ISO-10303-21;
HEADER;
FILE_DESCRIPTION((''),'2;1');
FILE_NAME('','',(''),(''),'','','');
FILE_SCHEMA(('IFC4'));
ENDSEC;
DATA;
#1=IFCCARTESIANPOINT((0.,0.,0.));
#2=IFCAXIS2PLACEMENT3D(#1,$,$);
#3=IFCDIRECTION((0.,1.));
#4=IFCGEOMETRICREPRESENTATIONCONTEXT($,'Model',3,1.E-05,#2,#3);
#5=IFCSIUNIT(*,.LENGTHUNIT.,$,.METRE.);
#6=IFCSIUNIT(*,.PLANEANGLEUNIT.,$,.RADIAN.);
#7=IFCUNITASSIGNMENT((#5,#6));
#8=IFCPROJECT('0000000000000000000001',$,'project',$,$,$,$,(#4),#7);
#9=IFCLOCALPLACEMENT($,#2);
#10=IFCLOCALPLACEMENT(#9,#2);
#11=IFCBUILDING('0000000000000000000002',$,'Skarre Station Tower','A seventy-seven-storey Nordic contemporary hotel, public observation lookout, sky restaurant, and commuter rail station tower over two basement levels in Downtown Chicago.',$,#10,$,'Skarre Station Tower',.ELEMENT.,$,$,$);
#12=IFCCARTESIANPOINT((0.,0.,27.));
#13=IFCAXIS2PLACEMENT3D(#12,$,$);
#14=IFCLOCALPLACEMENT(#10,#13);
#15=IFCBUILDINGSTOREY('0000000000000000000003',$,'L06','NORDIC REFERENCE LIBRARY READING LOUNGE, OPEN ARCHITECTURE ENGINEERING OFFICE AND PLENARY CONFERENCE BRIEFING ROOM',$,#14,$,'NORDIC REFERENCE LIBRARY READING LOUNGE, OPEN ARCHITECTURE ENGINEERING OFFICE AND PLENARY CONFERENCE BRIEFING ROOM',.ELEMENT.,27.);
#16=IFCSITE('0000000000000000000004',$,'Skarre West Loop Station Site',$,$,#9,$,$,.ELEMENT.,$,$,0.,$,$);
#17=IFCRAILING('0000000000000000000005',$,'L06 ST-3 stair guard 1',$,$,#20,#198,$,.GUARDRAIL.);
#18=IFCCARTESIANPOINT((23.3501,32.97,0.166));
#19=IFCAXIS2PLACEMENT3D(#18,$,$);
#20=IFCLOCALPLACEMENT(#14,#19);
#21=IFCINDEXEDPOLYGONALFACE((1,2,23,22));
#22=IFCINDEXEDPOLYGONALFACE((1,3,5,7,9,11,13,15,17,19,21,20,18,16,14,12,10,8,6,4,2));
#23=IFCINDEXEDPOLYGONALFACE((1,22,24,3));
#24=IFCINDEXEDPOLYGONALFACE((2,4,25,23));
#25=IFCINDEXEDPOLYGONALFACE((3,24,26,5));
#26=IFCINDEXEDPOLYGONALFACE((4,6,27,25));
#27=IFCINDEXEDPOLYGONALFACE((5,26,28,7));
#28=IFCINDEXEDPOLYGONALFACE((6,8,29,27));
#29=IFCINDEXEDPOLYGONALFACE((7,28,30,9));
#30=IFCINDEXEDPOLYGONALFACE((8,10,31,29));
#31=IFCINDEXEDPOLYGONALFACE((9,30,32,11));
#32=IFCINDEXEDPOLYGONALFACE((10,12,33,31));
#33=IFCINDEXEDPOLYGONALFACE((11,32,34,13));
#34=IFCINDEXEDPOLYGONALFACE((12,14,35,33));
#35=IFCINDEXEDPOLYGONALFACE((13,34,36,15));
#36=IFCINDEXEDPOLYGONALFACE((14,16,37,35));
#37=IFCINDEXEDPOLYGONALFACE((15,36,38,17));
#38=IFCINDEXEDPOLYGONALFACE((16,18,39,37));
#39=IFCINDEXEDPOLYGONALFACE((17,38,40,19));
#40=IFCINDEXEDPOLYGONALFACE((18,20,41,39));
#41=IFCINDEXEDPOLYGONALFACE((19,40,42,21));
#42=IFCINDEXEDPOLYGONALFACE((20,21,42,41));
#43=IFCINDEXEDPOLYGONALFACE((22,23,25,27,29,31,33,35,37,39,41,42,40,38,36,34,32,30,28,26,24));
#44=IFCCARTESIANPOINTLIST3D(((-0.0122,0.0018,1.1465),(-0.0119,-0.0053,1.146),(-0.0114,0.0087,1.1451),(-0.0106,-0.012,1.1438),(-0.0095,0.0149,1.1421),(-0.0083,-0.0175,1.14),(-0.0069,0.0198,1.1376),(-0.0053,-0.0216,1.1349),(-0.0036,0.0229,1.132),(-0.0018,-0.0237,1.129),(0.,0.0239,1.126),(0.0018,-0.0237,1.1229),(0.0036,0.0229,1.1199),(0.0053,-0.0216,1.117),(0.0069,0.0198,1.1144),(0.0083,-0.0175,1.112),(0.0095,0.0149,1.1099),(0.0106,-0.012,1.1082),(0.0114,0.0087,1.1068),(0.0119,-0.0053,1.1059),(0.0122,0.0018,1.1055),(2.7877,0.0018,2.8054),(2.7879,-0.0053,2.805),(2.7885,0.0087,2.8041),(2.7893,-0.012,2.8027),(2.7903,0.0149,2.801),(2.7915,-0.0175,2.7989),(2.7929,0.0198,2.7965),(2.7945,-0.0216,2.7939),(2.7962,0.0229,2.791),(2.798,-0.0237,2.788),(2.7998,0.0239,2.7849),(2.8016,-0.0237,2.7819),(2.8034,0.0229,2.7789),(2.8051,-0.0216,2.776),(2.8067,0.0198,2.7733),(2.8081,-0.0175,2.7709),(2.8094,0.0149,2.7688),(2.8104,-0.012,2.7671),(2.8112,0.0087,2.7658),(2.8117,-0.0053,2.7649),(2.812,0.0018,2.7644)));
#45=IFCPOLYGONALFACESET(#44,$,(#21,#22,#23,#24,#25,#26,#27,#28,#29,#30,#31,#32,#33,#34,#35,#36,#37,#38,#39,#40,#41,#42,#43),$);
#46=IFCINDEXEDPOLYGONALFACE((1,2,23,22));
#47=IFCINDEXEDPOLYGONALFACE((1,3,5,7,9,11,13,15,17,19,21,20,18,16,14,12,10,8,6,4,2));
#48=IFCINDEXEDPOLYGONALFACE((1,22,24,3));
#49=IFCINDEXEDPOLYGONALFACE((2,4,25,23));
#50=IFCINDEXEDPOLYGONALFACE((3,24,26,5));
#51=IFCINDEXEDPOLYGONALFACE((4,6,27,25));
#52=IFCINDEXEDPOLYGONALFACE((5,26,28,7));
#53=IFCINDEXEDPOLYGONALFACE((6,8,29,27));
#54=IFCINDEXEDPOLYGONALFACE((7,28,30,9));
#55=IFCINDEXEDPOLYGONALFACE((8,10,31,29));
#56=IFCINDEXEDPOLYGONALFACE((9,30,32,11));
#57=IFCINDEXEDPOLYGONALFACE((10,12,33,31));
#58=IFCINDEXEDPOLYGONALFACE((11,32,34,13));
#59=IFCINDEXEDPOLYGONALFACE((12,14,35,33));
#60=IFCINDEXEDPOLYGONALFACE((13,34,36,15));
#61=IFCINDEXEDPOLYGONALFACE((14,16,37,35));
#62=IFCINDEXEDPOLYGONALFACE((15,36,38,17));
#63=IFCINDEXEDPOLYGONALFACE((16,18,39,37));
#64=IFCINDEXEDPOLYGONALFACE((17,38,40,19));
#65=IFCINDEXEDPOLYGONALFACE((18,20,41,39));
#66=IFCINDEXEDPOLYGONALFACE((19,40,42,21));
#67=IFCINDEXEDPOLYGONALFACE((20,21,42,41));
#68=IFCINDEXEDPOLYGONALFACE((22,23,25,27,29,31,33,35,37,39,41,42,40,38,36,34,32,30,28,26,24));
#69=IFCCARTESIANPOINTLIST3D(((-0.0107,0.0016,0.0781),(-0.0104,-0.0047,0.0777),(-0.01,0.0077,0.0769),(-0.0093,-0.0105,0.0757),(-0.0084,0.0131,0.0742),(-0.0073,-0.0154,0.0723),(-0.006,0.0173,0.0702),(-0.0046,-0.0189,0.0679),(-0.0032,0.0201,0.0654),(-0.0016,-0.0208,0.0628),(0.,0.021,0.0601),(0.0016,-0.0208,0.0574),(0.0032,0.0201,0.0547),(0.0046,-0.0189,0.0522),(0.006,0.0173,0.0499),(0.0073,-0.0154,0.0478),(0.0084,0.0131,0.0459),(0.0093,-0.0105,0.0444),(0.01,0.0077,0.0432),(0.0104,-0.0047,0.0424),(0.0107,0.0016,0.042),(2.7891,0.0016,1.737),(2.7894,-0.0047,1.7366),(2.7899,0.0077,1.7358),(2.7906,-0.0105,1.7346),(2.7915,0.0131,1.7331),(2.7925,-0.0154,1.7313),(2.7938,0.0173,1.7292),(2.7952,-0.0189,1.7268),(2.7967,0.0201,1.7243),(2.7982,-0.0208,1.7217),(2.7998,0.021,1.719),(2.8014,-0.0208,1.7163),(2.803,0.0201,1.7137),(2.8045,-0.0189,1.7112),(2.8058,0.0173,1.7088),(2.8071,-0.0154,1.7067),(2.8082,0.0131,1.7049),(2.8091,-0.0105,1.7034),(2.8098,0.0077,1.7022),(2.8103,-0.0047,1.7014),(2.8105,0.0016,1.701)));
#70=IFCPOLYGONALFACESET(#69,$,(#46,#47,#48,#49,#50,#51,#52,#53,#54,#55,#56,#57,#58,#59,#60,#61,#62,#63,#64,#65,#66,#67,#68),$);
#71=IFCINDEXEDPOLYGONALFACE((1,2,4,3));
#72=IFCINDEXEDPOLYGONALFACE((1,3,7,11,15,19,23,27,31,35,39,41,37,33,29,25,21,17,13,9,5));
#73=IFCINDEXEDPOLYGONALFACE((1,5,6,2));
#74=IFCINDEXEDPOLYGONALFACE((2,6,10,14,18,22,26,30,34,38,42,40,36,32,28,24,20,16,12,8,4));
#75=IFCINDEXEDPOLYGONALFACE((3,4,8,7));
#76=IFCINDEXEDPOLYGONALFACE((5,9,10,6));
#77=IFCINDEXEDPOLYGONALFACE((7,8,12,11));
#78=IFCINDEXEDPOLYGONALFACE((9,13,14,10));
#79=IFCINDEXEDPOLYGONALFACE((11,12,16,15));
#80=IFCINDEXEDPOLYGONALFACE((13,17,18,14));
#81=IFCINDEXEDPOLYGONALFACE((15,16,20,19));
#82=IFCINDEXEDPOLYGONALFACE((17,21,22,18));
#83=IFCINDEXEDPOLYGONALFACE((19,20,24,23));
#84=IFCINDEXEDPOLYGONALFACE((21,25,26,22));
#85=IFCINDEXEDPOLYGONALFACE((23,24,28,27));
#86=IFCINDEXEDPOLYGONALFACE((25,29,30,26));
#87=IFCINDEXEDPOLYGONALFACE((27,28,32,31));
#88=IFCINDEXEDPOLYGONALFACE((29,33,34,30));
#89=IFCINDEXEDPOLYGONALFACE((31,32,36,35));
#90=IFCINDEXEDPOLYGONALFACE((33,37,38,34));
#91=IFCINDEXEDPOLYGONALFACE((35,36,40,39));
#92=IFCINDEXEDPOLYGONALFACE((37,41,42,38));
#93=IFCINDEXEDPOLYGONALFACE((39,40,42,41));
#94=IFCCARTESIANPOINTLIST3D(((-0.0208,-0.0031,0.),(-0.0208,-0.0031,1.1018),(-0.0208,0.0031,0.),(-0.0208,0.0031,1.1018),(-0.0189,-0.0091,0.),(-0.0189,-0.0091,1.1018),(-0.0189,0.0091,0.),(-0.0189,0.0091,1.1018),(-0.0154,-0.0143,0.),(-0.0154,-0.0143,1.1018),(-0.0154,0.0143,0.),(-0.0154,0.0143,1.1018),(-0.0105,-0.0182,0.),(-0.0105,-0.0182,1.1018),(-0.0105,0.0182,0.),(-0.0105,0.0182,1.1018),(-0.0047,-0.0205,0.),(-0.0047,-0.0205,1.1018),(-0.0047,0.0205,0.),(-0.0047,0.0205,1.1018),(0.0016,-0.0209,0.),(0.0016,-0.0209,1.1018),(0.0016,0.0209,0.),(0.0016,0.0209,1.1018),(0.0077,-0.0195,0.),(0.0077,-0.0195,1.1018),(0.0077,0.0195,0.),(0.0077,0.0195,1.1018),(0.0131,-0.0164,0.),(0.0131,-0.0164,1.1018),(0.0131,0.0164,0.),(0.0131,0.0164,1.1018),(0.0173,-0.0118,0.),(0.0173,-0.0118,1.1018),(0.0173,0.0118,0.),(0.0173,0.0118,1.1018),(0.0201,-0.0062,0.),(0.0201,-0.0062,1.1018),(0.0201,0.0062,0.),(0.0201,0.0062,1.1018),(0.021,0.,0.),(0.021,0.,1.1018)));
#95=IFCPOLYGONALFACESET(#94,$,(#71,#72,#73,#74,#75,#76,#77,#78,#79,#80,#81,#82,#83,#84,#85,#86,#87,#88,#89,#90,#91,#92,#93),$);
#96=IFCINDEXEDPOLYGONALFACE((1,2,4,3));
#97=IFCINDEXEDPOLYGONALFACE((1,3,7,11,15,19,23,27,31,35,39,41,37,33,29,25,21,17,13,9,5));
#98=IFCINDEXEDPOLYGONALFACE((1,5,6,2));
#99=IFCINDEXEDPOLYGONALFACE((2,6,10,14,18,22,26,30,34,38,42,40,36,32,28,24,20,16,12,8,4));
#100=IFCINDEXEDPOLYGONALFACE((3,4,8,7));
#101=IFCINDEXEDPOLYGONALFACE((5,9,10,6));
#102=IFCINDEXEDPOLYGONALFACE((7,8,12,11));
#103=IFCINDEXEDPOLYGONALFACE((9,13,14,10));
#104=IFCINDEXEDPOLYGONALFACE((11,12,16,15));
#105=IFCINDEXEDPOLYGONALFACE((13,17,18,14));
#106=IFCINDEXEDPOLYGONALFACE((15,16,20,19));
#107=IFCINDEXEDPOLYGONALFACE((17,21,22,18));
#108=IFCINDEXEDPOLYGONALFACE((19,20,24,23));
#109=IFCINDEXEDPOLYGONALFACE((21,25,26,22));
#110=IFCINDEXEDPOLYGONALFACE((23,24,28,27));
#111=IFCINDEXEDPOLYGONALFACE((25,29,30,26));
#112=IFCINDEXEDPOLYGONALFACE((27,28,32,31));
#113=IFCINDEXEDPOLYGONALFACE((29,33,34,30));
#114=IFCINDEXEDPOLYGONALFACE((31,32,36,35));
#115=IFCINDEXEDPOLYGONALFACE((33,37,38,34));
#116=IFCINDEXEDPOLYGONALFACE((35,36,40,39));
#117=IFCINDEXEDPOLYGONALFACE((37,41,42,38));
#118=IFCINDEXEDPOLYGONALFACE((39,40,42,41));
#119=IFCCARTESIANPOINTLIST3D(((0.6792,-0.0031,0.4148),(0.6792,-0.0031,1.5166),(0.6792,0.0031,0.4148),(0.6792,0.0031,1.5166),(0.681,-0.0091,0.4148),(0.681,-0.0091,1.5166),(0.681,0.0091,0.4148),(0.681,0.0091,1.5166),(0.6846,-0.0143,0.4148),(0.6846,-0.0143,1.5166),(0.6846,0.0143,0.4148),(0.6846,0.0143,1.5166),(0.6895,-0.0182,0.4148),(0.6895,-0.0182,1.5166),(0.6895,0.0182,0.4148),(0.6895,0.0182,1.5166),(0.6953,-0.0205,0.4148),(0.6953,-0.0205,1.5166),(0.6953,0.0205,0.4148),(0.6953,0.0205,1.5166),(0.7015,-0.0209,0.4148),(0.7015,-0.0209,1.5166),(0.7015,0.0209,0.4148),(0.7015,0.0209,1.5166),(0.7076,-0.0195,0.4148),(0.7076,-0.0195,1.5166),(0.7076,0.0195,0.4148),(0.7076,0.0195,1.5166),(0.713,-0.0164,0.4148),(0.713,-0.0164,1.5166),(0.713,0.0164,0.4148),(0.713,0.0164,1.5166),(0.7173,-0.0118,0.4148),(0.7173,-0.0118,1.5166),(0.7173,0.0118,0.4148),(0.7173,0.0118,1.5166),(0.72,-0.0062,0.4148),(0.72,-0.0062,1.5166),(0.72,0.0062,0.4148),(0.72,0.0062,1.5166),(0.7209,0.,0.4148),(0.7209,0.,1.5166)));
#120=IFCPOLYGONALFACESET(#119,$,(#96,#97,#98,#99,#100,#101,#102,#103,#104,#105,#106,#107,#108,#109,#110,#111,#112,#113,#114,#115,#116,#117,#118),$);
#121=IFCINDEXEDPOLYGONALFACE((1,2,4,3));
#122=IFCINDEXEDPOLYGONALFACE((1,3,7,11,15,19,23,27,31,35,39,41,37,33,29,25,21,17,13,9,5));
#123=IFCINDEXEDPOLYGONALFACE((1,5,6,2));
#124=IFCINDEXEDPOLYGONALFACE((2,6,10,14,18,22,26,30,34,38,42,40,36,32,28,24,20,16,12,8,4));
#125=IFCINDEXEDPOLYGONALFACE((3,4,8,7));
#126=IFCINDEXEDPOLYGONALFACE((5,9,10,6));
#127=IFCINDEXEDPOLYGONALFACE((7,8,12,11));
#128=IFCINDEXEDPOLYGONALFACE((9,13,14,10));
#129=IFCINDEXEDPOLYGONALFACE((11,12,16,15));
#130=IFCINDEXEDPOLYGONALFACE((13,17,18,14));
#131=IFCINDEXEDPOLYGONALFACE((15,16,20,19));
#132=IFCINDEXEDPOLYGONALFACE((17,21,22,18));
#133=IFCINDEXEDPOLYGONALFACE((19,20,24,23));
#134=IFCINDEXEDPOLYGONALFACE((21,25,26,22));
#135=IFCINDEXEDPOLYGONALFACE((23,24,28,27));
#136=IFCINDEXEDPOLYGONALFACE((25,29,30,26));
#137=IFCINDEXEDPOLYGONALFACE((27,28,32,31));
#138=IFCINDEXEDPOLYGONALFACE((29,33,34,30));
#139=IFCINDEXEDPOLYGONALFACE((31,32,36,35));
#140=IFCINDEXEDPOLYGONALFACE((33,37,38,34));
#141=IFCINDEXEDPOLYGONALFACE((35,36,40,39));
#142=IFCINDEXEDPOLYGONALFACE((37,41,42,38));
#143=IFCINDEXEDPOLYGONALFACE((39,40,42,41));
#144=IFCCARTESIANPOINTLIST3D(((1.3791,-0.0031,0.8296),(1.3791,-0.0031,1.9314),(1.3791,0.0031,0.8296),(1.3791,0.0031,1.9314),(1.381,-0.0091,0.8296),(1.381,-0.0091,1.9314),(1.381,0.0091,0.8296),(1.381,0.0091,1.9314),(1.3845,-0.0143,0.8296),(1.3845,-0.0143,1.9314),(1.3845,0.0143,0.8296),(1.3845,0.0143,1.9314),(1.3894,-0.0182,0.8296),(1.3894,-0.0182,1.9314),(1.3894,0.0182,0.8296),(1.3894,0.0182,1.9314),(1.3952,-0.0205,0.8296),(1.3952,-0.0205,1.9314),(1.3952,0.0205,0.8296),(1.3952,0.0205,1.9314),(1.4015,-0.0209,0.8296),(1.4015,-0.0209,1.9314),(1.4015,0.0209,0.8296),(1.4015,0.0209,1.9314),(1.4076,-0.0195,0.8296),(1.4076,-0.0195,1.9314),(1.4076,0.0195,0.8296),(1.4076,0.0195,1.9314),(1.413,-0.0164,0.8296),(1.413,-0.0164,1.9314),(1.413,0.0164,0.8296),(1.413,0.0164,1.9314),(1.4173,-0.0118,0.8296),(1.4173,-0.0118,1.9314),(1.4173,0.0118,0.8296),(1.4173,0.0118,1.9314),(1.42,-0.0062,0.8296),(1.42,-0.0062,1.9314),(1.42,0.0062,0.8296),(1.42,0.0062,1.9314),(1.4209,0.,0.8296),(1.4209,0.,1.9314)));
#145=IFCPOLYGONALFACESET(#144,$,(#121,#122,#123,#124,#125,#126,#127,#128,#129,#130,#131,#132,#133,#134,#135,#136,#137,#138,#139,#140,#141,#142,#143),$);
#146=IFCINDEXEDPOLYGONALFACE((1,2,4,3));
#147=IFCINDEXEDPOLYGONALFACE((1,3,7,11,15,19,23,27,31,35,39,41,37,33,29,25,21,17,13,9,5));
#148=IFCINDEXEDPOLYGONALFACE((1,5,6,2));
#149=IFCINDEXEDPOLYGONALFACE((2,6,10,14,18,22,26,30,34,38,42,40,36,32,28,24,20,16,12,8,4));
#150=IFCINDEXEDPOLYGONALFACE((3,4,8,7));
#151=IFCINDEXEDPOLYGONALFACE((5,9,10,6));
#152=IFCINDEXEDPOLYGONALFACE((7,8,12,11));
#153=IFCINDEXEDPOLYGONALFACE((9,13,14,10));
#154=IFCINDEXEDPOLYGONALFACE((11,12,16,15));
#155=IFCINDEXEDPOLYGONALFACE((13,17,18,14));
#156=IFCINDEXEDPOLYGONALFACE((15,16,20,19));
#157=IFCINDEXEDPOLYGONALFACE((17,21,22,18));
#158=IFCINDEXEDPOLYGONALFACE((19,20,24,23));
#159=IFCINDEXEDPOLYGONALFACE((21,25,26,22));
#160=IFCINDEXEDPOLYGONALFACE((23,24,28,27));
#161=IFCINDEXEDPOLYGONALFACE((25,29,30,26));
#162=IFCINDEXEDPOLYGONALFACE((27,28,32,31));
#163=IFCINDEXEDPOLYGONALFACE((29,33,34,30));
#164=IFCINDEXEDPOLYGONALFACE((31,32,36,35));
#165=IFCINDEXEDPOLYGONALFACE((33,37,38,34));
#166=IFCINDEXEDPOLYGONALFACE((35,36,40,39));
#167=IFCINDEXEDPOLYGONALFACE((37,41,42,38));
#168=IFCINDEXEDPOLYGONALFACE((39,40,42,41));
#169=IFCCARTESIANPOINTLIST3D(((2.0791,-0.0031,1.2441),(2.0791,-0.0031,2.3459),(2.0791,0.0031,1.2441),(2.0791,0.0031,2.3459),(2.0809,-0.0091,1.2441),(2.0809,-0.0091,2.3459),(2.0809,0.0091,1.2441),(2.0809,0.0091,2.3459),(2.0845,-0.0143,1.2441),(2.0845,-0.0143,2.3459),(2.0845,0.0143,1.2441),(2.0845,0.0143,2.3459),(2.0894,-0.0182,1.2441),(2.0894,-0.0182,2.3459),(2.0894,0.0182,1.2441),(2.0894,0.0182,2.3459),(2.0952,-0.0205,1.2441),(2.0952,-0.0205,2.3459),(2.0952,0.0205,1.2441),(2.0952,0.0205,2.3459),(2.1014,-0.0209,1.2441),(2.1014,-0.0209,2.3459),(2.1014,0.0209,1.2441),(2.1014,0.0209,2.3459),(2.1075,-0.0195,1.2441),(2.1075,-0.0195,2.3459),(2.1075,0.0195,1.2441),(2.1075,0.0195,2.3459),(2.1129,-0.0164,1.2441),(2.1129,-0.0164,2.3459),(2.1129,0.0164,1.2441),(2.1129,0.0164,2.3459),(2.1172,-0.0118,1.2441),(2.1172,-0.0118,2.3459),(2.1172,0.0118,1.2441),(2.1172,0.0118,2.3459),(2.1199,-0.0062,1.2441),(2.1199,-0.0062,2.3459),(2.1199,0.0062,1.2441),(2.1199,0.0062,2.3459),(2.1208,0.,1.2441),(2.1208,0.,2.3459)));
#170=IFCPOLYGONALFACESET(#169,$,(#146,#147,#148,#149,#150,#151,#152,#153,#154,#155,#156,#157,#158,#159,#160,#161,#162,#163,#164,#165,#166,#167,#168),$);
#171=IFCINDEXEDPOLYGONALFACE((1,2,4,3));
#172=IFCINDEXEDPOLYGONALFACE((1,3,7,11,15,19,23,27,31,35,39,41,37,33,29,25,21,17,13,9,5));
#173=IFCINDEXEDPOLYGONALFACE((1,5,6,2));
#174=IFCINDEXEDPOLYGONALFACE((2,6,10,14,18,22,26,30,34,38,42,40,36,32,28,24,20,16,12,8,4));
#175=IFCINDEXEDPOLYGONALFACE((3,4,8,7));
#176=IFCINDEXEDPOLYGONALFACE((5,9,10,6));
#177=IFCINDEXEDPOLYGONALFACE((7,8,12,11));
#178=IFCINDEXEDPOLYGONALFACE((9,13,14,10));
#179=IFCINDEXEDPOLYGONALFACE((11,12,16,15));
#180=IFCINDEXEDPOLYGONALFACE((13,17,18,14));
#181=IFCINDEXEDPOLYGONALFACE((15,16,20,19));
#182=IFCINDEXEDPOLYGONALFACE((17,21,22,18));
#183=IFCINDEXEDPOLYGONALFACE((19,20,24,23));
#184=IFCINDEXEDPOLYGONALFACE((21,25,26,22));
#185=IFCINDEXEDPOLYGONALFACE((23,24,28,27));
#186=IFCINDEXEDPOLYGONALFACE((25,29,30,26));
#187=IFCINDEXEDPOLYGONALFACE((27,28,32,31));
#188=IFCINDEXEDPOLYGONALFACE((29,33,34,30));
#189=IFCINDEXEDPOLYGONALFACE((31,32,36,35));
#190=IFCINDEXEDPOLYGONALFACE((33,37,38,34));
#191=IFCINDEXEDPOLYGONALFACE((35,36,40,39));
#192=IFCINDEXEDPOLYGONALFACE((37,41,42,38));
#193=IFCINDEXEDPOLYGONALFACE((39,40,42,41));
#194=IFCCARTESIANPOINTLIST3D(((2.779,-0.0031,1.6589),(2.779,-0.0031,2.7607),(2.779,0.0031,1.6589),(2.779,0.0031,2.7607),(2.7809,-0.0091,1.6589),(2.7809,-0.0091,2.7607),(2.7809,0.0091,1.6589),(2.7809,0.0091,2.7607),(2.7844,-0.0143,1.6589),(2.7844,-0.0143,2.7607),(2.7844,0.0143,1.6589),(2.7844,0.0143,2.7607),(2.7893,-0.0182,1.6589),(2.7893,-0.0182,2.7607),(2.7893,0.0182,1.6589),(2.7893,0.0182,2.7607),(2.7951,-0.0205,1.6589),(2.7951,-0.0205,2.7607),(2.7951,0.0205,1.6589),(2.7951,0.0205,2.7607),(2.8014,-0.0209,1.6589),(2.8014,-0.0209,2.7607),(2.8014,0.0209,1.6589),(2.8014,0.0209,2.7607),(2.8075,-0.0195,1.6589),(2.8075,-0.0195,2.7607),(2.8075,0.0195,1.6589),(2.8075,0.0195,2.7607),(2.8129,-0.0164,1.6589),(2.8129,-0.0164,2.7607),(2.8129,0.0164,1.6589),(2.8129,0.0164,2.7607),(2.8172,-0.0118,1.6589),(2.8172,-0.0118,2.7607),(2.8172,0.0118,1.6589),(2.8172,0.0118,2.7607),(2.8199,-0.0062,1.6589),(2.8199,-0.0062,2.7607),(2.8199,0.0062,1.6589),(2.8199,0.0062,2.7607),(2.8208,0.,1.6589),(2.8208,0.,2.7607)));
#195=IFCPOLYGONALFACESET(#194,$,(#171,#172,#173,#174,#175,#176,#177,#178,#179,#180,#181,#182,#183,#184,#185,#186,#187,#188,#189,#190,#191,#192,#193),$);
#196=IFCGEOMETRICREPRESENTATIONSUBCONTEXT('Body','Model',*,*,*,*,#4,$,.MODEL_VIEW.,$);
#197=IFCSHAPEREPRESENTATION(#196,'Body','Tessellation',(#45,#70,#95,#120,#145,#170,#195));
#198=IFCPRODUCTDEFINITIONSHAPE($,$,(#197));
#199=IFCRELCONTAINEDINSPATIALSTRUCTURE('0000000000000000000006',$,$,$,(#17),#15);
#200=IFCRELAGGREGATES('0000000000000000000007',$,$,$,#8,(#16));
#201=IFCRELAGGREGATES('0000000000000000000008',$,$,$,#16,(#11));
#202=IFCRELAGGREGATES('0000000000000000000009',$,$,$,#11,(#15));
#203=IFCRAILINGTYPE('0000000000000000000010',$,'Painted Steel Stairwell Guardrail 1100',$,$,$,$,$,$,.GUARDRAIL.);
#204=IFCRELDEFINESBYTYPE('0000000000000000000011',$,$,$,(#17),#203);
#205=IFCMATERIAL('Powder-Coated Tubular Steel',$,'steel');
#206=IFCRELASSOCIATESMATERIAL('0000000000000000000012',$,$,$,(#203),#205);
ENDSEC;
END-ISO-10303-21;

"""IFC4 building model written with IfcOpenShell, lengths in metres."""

from ifc_helpers import new_model, si_unit, direction, frame, origin, origin_2d, place, context, subcontext, project, spatial, circle, extrude, material, type_object, element, save


model = new_model("IFC4")

# Units and contexts
model_context = context("Model", 3, precision=1e-05, world=origin(), true_north=direction((0.0, 1.0)))
body_context = subcontext(model_context, "Body", "Model", "MODEL_VIEW")
ifc_project = project(units=[si_unit("LENGTHUNIT", "METRE"), si_unit("PLANEANGLEUNIT", "RADIAN")], contexts=[model_context])

# Site, building, storey
site_placement = place(None, origin())
site = spatial("IfcSite", under=ifc_project, at=site_placement, Name="Skarre West Loop Station Site", CompositionType="ELEMENT", RefElevation=0.0)
building_placement = place(site_placement, origin())
building = spatial("IfcBuilding", under=site, at=building_placement, Name="Skarre Station Tower", Description="A seventy-seven-storey Nordic contemporary hotel, public observation lookout, sky restaurant, and commuter rail station tower over two basement levels in Downtown Chicago.", LongName="Skarre Station Tower", CompositionType="ELEMENT")
storey_placement = place(building_placement, frame((0.0, 0.0, 27.0)))
storey = spatial("IfcBuildingStorey", under=building, at=storey_placement, Name="L06", Description="NORDIC REFERENCE LIBRARY READING LOUNGE, OPEN ARCHITECTURE ENGINEERING OFFICE AND PLENARY CONFERENCE BRIEFING ROOM", LongName="NORDIC REFERENCE LIBRARY READING LOUNGE, OPEN ARCHITECTURE ENGINEERING OFFICE AND PLENARY CONFERENCE BRIEFING ROOM", CompositionType="ELEMENT", Elevation=27.0)

# Railing
ifc_material_1 = material(Name="Powder-Coated Tubular Steel", Category="steel")
railing_type_1 = type_object("IfcRailingType", Name="Painted Steel Stairwell Guardrail 1100", PredefinedType="GUARDRAIL", material=ifc_material_1)
railing_1_placement = place(storey_placement, frame((23.3501, 32.97, 0.166)))
element("IfcRailing", 1, at=railing_1_placement, inside=storey, type_object=railing_type_1, Name="L06 ST-3 stair guard 1", PredefinedType="GUARDRAIL", context=body_context, shape_type="SweptSolid", body=[
    extrude(circle(Radius=0.0239, at=origin_2d()), frame((0.0, 0.0, 1.126), z_axis=(0.86032, 0.0, 0.509755), x_axis=(0.0, 1.0, 0.0)), (0.0, 0.0, 1.0), 3.2544),
    extrude(circle(Radius=0.021, at=origin_2d()), frame((0.0, 0.0, 0.0601), z_axis=(0.86032, 0.0, 0.509755), x_axis=(0.0, 1.0, 0.0)), (0.0, 0.0, 1.0), 3.2544),
    extrude(circle(Radius=0.021, at=origin_2d()), origin(), (0.0, 0.0, 1.0), 1.1018),
    extrude(circle(Radius=0.021, at=origin_2d()), frame((0.7, 0.0, 0.4148)), (0.0, 0.0, 1.0), 1.1018),
    extrude(circle(Radius=0.021, at=origin_2d()), frame((1.3999, 0.0, 0.8296)), (0.0, 0.0, 1.0), 1.1018),
    extrude(circle(Radius=0.021, at=origin_2d()), frame((2.0999, 0.0, 1.2441)), (0.0, 0.0, 1.0), 1.1018),
    extrude(circle(Radius=0.021, at=origin_2d()), frame((2.7998, 0.0, 1.6589)), (0.0, 0.0, 1.0), 1.1018),
])

save(model, "model.ifc")
